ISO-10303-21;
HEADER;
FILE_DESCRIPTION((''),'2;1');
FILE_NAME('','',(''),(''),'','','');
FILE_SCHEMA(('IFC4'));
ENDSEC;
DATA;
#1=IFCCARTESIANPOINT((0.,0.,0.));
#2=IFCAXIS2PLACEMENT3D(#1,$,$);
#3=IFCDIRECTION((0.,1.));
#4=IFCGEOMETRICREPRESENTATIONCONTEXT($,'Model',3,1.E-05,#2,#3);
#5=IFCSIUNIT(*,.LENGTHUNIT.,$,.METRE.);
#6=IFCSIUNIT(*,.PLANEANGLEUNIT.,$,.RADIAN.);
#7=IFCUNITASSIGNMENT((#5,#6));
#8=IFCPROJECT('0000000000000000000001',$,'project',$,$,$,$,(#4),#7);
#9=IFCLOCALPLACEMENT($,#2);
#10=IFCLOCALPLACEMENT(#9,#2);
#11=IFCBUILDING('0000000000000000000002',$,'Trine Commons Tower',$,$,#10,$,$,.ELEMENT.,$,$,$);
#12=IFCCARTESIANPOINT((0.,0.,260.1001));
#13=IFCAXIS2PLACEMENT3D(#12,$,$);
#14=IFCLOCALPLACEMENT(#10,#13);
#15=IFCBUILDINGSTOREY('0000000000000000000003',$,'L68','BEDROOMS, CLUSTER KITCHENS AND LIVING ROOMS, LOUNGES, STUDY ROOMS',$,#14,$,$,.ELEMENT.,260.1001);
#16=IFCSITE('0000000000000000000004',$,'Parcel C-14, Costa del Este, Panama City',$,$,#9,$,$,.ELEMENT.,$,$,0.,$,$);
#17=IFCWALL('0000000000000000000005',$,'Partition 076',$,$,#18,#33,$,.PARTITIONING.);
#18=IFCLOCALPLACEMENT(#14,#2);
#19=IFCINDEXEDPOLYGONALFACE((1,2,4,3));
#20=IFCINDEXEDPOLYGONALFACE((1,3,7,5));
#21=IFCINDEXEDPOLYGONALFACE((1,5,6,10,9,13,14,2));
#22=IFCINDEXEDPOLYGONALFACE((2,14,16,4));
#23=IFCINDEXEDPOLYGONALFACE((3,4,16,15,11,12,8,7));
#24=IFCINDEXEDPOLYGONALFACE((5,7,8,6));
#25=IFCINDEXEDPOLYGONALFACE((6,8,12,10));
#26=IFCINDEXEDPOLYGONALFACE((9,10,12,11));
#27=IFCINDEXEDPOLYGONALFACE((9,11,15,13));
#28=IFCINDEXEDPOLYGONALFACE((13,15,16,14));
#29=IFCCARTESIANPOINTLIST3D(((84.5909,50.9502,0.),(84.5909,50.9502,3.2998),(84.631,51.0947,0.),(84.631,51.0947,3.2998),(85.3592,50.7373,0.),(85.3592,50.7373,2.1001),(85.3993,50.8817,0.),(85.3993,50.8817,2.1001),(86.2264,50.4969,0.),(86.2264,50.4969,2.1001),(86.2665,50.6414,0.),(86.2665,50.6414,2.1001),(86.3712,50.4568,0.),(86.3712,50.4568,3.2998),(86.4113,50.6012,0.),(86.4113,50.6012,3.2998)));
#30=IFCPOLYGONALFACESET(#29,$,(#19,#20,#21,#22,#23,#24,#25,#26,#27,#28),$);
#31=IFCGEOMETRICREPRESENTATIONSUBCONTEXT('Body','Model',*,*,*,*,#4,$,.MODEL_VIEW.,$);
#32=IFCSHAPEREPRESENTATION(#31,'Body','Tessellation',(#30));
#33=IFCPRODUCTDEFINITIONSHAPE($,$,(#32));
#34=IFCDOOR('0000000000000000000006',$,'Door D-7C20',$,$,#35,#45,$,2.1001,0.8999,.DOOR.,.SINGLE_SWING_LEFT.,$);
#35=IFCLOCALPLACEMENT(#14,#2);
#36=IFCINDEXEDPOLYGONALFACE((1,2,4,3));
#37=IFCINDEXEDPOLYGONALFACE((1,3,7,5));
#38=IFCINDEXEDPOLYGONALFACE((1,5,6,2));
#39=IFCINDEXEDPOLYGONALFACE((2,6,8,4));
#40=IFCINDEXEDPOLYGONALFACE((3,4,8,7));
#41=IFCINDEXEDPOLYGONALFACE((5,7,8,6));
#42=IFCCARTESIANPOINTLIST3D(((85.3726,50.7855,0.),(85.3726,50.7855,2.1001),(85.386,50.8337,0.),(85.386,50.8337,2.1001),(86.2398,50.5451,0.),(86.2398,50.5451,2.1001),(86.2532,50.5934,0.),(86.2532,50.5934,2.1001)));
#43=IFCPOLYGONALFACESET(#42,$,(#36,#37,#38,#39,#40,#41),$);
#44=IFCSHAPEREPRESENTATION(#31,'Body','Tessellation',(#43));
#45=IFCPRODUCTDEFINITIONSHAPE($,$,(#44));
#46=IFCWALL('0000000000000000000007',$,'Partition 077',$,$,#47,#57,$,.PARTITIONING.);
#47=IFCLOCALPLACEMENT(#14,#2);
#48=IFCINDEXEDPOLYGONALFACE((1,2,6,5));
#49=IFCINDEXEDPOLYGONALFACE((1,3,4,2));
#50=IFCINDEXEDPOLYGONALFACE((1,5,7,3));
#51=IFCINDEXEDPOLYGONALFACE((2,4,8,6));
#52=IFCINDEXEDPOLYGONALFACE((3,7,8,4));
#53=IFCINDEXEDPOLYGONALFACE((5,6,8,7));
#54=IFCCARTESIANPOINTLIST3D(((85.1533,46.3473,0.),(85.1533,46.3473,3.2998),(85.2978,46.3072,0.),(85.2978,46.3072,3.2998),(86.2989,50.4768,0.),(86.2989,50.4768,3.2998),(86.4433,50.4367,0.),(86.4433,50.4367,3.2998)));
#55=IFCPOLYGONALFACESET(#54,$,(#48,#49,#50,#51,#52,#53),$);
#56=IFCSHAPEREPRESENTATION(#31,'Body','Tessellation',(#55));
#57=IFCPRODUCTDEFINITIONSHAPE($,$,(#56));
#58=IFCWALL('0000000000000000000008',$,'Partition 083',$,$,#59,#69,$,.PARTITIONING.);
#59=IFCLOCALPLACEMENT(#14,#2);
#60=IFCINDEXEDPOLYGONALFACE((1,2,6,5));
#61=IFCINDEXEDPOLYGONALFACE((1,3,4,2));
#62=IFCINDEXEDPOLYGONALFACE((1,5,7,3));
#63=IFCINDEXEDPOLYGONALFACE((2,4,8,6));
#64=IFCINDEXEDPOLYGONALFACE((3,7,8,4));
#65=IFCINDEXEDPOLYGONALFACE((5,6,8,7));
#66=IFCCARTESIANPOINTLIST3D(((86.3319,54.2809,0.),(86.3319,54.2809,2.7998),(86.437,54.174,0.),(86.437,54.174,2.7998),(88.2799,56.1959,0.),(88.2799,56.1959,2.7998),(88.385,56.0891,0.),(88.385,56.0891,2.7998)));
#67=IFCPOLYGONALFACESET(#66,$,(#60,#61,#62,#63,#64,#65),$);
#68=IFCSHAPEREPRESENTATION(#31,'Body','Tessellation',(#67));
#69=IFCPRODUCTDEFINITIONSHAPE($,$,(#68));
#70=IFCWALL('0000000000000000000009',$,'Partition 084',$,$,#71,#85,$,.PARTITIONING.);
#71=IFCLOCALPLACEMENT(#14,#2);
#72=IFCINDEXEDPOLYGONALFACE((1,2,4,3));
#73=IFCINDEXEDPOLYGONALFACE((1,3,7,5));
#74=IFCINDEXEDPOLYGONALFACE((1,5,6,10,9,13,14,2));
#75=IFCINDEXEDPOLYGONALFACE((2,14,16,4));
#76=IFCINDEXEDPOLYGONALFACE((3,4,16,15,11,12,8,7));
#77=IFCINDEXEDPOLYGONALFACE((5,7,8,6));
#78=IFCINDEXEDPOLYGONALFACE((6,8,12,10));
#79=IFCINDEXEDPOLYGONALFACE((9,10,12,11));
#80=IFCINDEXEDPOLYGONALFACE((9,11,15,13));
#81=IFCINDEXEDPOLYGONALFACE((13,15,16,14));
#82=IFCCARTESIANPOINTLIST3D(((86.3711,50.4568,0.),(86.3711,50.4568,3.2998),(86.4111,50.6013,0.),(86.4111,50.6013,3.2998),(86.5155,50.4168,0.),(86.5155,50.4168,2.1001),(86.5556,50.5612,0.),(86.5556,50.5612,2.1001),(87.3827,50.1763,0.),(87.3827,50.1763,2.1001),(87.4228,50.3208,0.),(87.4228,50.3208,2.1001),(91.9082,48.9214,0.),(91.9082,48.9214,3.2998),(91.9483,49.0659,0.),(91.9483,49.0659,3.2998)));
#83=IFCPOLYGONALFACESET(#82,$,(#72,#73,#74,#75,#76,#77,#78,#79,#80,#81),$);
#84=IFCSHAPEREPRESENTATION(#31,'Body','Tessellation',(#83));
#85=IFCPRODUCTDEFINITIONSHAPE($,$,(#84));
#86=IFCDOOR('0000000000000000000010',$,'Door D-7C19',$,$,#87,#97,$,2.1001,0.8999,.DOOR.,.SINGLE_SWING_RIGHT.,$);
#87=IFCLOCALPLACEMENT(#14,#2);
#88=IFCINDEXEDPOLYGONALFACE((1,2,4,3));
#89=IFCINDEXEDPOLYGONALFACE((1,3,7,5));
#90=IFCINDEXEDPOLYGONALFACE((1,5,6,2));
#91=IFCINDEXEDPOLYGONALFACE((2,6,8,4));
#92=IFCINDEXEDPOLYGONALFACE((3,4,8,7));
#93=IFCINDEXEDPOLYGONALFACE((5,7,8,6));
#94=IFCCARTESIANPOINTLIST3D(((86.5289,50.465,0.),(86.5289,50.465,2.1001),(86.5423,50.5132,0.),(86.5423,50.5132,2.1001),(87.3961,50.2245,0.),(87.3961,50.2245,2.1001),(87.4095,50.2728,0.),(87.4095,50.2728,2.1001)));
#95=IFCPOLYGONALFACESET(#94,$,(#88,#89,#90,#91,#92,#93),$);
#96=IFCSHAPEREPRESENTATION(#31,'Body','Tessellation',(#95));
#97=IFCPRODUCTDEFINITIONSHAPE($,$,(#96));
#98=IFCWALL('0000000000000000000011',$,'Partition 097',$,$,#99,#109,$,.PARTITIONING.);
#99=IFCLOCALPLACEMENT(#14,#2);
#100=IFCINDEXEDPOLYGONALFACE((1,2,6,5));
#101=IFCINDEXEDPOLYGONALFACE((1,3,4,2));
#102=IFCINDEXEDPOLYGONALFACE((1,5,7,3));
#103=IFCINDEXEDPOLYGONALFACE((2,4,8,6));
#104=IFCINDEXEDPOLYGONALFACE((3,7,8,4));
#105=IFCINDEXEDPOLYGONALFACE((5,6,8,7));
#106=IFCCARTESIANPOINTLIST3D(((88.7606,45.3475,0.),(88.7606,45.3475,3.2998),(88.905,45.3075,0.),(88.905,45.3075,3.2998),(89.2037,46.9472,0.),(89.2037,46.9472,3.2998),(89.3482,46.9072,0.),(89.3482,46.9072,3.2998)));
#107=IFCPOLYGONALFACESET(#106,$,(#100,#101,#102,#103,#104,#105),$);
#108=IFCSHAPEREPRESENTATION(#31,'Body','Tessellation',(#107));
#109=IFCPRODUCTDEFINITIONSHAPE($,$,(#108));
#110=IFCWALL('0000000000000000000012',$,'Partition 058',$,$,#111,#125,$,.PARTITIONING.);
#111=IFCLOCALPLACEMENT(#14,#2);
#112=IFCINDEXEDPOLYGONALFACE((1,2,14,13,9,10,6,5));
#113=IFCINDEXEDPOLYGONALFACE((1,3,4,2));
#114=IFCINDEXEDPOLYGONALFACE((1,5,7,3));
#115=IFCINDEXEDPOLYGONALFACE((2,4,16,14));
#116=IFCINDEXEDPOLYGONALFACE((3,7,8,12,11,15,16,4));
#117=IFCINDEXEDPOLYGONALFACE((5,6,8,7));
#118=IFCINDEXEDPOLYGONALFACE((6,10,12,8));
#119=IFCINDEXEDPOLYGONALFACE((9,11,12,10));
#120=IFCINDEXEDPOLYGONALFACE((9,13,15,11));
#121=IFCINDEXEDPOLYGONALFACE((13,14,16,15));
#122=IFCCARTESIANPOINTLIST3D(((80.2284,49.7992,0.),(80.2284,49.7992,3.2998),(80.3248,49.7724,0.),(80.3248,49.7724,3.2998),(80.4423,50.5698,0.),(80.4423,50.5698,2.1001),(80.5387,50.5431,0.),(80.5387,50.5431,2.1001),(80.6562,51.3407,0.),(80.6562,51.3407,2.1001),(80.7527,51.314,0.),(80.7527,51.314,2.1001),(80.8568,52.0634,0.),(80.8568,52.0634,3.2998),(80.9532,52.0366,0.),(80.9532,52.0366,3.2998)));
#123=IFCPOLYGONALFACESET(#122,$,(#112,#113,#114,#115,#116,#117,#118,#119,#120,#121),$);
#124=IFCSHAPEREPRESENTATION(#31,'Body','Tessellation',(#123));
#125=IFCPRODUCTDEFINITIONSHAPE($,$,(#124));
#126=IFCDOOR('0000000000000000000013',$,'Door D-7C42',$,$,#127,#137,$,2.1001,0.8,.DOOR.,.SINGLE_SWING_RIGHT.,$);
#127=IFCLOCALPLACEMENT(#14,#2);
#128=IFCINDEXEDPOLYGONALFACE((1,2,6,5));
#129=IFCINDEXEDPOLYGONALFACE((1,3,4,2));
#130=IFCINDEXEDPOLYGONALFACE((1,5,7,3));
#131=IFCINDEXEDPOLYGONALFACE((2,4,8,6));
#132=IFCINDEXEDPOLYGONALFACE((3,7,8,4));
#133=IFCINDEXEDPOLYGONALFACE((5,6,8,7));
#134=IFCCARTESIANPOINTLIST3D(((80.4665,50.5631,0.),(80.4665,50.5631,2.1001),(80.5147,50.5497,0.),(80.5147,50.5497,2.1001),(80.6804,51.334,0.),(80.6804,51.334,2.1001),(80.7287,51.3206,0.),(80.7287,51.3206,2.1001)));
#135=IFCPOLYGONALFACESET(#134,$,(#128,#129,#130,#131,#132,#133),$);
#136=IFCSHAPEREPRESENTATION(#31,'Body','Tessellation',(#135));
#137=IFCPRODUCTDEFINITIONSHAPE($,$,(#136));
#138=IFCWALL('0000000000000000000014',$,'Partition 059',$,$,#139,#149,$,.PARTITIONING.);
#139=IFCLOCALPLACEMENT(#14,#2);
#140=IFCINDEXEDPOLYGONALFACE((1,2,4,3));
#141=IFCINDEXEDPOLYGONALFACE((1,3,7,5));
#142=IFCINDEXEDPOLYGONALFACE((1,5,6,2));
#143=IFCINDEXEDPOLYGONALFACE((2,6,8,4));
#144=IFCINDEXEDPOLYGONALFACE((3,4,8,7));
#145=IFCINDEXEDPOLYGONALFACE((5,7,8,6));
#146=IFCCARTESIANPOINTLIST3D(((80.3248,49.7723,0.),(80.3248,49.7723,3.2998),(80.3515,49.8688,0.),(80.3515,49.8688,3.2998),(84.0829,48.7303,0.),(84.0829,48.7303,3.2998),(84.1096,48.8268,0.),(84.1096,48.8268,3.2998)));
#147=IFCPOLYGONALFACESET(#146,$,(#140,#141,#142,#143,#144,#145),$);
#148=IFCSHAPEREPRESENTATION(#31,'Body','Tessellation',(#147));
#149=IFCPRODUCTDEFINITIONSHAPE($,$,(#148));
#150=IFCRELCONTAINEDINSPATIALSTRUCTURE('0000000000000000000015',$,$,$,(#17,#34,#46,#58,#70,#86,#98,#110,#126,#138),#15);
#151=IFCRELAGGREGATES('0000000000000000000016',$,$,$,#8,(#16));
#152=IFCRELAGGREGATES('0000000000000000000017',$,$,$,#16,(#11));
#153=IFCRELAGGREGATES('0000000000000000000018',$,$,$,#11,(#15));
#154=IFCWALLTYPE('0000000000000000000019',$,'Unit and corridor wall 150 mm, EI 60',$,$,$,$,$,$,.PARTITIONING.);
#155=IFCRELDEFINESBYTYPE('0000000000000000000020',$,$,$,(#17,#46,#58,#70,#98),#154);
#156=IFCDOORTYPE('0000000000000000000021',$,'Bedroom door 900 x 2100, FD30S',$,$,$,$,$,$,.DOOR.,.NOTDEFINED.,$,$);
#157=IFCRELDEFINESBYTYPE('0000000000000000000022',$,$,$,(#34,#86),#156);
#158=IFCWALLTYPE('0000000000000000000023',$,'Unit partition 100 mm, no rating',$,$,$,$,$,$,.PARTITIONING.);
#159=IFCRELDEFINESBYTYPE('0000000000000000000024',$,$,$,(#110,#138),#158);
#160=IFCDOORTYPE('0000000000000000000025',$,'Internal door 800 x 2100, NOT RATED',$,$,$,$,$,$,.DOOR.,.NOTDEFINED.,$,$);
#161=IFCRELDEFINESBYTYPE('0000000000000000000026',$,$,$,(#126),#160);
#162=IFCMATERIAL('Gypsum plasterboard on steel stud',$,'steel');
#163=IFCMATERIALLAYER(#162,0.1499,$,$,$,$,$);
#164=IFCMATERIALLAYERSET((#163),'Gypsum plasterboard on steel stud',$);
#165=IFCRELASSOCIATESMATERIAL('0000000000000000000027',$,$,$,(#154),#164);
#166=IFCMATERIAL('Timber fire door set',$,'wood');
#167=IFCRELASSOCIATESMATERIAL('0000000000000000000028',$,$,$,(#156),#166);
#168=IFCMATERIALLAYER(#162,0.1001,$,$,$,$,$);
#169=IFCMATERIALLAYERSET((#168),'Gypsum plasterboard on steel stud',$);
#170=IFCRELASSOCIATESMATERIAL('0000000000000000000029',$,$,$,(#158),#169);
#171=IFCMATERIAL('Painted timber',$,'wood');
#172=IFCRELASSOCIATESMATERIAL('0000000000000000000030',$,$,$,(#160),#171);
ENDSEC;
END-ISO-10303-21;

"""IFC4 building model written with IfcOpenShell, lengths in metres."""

from ifc_helpers import new_model, si_unit, direction, frame, frame_2d, origin, place, context, subcontext, project, spatial, rectangle, extrude, material, layer, layer_set, type_object, element, fill, save


model = new_model("IFC4")

# Units and contexts
model_context = context("Model", 3, precision=1e-05, world=origin(), true_north=direction((0.0, 1.0)))
body_context = subcontext(model_context, "Body", "Model", "MODEL_VIEW")
ifc_project = project(units=[si_unit("LENGTHUNIT", "METRE"), si_unit("PLANEANGLEUNIT", "RADIAN")], contexts=[model_context])

# Site, building, storey
site_placement = place(None, origin())
site = spatial("IfcSite", under=ifc_project, at=site_placement, Name="Parcel C-14, Costa del Este, Panama City", CompositionType="ELEMENT", RefElevation=0.0)
building_placement = place(site_placement, origin())
building = spatial("IfcBuilding", under=site, at=building_placement, Name="Trine Commons Tower", CompositionType="ELEMENT")
storey_placement = place(building_placement, frame((0.0, 0.0, 260.1001)))
storey = spatial("IfcBuildingStorey", under=building, at=storey_placement, Name="L68", Description="BEDROOMS, CLUSTER KITCHENS AND LIVING ROOMS, LOUNGES, STUDY ROOMS", CompositionType="ELEMENT", Elevation=260.1001)

# Shared definitions
ifc_material_1 = material(Name="Gypsum plasterboard on steel stud", Category="steel")
ifc_layer_1 = layer(ifc_material_1, 0.1499)
ifc_layer_set_1 = layer_set([ifc_layer_1], Name="Gypsum plasterboard on steel stud")
wall_type_1 = type_object("IfcWallType", Name="Unit and corridor wall 150 mm, EI 60", PredefinedType="PARTITIONING", material=ifc_layer_set_1)

# Wall, opening, door
ifc_material_2 = material(Name="Timber fire door set", Category="wood")
wall_1_placement = place(storey_placement, frame((84.6108, 51.0225, 0.0), z_axis=(0.0, 0.0, 1.0), x_axis=(0.963673, -0.267085, 0.0)))
wall_1 = element("IfcWall", 1, at=wall_1_placement, inside=storey, type_object=wall_type_1, Name="Partition 076", PredefinedType="PARTITIONING", context=body_context, shape_type="SweptSolid", body=[
    extrude(rectangle(XDim=1.8474, YDim=0.1499, at=frame_2d((0.9238, 0.0))), origin(), (0.0, 0.0, 1.0), 3.2998),
])
opening_1_placement = place(wall_1_placement, frame((0.7974, 0.0, 0.0)))
opening_1 = element("IfcOpeningElement", 2, at=opening_1_placement, cuts=wall_1, PredefinedType="OPENING", context=body_context, shape_type="SweptSolid", body=[
    extrude(rectangle(XDim=0.8999, YDim=2.1001, at=frame_2d((0.45, 1.05))), frame((0.0, 0.085, 0.0), z_axis=(0.0, -1.0, 0.0), x_axis=(1.0, 0.0, 0.0)), (0.0, 0.0, 1.0), 0.1699),
])
door_type_1 = type_object("IfcDoorType", Name="Bedroom door 900 x 2100, FD30S", OperationType="NOTDEFINED", PredefinedType="DOOR", material=ifc_material_2)
door_1_placement = place(opening_1_placement, frame((0.8999, 0.0, 0.0), z_axis=(0.0, 0.0, 1.0), x_axis=(-1.0, 0.0, 0.0)))
door_1 = element("IfcDoor", 3, at=door_1_placement, inside=storey, type_object=door_type_1, Name="Door D-7C20", OperationType="SINGLE_SWING_LEFT", OverallHeight=2.1001, OverallWidth=0.8999, PredefinedType="DOOR", context=body_context, shape_type="SweptSolid", body=[
    extrude(rectangle(XDim=0.8999, YDim=2.1001, at=frame_2d((0.45, 1.05))), frame((0.0, 0.0249, 0.0), z_axis=(0.0, -1.0, 0.0), x_axis=(1.0, 0.0, 0.0)), (0.0, 0.0, 1.0), 0.05),
])
fill(opening_1, door_1)

# Walls
wall_2_placement = place(storey_placement, frame((85.2256, 46.3274, 0.0), z_axis=(0.0, 0.0, 1.0), x_axis=(0.267309, 0.963611, 0.0)))
element("IfcWall", 4, at=wall_2_placement, inside=storey, type_object=wall_type_1, Name="Partition 077", PredefinedType="PARTITIONING", context=body_context, shape_type="SweptSolid", body=[
    extrude(rectangle(XDim=4.2854, YDim=0.1499, at=frame_2d((2.1426, 0.0))), origin(), (0.0, 0.0, 1.0), 3.2998),
])
wall_3_placement = place(storey_placement, frame((86.3845, 54.2275, 0.0), z_axis=(0.0, 0.0, 1.0), x_axis=(0.713114, 0.701048, 0.0)))
element("IfcWall", 5, at=wall_3_placement, inside=storey, type_object=wall_type_1, Name="Partition 083", PredefinedType="PARTITIONING", context=body_context, shape_type="SweptSolid", body=[
    extrude(rectangle(XDim=2.7317, YDim=0.1499, at=frame_2d((1.3657, 0.0))), origin(), (0.0, 0.0, 1.0), 2.7998),
])

# Wall, opening, door
wall_4_placement = place(storey_placement, frame((86.3911, 50.5291, 0.0), z_axis=(0.0, 0.0, 1.0), x_axis=(0.963638, -0.26721, 0.0)))
wall_4 = element("IfcWall", 6, at=wall_4_placement, inside=storey, type_object=wall_type_1, Name="Partition 084", PredefinedType="PARTITIONING", context=body_context, shape_type="SweptSolid", body=[
    extrude(rectangle(XDim=5.7461, YDim=0.1499, at=frame_2d((2.873, 0.0))), origin(), (0.0, 0.0, 1.0), 3.2998),
])
opening_2_placement = place(wall_4_placement, frame((0.1499, 0.0, 0.0)))
opening_2 = element("IfcOpeningElement", 7, at=opening_2_placement, cuts=wall_4, PredefinedType="OPENING", context=body_context, shape_type="SweptSolid", body=[
    extrude(rectangle(XDim=0.8999, YDim=2.1001, at=frame_2d((0.45, 1.05))), frame((0.0, 0.085, 0.0), z_axis=(0.0, -1.0, 0.0), x_axis=(1.0, 0.0, 0.0)), (0.0, 0.0, 1.0), 0.1699),
])
door_2_placement = place(opening_2_placement, frame((0.8999, 0.0, 0.0), z_axis=(0.0, 0.0, 1.0), x_axis=(-1.0, 0.0, 0.0)))
door_2 = element("IfcDoor", 8, at=door_2_placement, inside=storey, type_object=door_type_1, Name="Door D-7C19", OperationType="SINGLE_SWING_RIGHT", OverallHeight=2.1001, OverallWidth=0.8999, PredefinedType="DOOR", context=body_context, shape_type="SweptSolid", body=[
    extrude(rectangle(XDim=0.8999, YDim=2.1001, at=frame_2d((0.45, 1.05))), frame((0.0, 0.0249, 0.0), z_axis=(0.0, -1.0, 0.0), x_axis=(1.0, 0.0, 0.0)), (0.0, 0.0, 1.0), 0.05),
])
fill(opening_2, door_2)

# Wall
wall_5_placement = place(storey_placement, frame((88.8328, 45.3274, 0.0), z_axis=(0.0, 0.0, 1.0), x_axis=(0.266961, 0.963707, 0.0)))
element("IfcWall", 9, at=wall_5_placement, inside=storey, type_object=wall_type_1, Name="Partition 097", PredefinedType="PARTITIONING", context=body_context, shape_type="SweptSolid", body=[
    extrude(rectangle(XDim=1.6599, YDim=0.1499, at=frame_2d((0.8301, 0.0))), origin(), (0.0, 0.0, 1.0), 3.2998),
])

# Wall, opening, door
ifc_layer_2 = layer(ifc_material_1, 0.1001)
ifc_layer_set_2 = layer_set([ifc_layer_2], Name="Gypsum plasterboard on steel stud")
wall_type_2 = type_object("IfcWallType", Name="Unit partition 100 mm, no rating", PredefinedType="PARTITIONING", material=ifc_layer_set_2)
wall_6_placement = place(storey_placement, frame((80.2766, 49.7859, 0.0), z_axis=(0.0, 0.0, 1.0), x_axis=(0.26744, 0.963574, 0.0)))
wall_6 = element("IfcWall", 10, at=wall_6_placement, inside=storey, type_object=wall_type_2, Name="Partition 058", PredefinedType="PARTITIONING", context=body_context, shape_type="SweptSolid", body=[
    extrude(rectangle(XDim=2.3499, YDim=0.1001, at=frame_2d((1.1748, 0.0))), origin(), (0.0, 0.0, 1.0), 3.2998),
])
opening_3_placement = place(wall_6_placement, frame((0.7998, 0.0, 0.0)))
opening_3 = element("IfcOpeningElement", 11, at=opening_3_placement, cuts=wall_6, PredefinedType="OPENING", context=body_context, shape_type="SweptSolid", body=[
    extrude(rectangle(XDim=0.8, YDim=2.1001, at=frame_2d((0.3999, 1.05))), frame((0.0, 0.0601, 0.0), z_axis=(0.0, -1.0, 0.0), x_axis=(1.0, 0.0, 0.0)), (0.0, 0.0, 1.0), 0.1201),
])
ifc_material_3 = material(Name="Painted timber", Category="wood")
door_type_2 = type_object("IfcDoorType", Name="Internal door 800 x 2100, NOT RATED", OperationType="NOTDEFINED", PredefinedType="DOOR", material=ifc_material_3)
door_3_placement = place(opening_3_placement, origin())
door_3 = element("IfcDoor", 12, at=door_3_placement, inside=storey, type_object=door_type_2, Name="Door D-7C42", OperationType="SINGLE_SWING_RIGHT", OverallHeight=2.1001, OverallWidth=0.8, PredefinedType="DOOR", context=body_context, shape_type="SweptSolid", body=[
    extrude(rectangle(XDim=0.8, YDim=2.1001, at=frame_2d((0.3999, 1.05))), frame((0.0, 0.0249, 0.0), z_axis=(0.0, -1.0, 0.0), x_axis=(1.0, 0.0, 0.0)), (0.0, 0.0, 1.0), 0.05),
])
fill(opening_3, door_3)

# Wall
wall_7_placement = place(storey_placement, frame((80.3381, 49.8206, 0.0), z_axis=(0.0, 0.0, 1.0), x_axis=(0.963644, -0.267189, 0.0)))
element("IfcWall", 13, at=wall_7_placement, inside=storey, type_object=wall_type_2, Name="Partition 059", PredefinedType="PARTITIONING", context=body_context, shape_type="SweptSolid", body=[
    extrude(rectangle(XDim=3.8999, YDim=0.1001, at=frame_2d((1.95, 0.0))), origin(), (0.0, 0.0, 1.0), 3.2998),
])

save(model, "model.ifc")
